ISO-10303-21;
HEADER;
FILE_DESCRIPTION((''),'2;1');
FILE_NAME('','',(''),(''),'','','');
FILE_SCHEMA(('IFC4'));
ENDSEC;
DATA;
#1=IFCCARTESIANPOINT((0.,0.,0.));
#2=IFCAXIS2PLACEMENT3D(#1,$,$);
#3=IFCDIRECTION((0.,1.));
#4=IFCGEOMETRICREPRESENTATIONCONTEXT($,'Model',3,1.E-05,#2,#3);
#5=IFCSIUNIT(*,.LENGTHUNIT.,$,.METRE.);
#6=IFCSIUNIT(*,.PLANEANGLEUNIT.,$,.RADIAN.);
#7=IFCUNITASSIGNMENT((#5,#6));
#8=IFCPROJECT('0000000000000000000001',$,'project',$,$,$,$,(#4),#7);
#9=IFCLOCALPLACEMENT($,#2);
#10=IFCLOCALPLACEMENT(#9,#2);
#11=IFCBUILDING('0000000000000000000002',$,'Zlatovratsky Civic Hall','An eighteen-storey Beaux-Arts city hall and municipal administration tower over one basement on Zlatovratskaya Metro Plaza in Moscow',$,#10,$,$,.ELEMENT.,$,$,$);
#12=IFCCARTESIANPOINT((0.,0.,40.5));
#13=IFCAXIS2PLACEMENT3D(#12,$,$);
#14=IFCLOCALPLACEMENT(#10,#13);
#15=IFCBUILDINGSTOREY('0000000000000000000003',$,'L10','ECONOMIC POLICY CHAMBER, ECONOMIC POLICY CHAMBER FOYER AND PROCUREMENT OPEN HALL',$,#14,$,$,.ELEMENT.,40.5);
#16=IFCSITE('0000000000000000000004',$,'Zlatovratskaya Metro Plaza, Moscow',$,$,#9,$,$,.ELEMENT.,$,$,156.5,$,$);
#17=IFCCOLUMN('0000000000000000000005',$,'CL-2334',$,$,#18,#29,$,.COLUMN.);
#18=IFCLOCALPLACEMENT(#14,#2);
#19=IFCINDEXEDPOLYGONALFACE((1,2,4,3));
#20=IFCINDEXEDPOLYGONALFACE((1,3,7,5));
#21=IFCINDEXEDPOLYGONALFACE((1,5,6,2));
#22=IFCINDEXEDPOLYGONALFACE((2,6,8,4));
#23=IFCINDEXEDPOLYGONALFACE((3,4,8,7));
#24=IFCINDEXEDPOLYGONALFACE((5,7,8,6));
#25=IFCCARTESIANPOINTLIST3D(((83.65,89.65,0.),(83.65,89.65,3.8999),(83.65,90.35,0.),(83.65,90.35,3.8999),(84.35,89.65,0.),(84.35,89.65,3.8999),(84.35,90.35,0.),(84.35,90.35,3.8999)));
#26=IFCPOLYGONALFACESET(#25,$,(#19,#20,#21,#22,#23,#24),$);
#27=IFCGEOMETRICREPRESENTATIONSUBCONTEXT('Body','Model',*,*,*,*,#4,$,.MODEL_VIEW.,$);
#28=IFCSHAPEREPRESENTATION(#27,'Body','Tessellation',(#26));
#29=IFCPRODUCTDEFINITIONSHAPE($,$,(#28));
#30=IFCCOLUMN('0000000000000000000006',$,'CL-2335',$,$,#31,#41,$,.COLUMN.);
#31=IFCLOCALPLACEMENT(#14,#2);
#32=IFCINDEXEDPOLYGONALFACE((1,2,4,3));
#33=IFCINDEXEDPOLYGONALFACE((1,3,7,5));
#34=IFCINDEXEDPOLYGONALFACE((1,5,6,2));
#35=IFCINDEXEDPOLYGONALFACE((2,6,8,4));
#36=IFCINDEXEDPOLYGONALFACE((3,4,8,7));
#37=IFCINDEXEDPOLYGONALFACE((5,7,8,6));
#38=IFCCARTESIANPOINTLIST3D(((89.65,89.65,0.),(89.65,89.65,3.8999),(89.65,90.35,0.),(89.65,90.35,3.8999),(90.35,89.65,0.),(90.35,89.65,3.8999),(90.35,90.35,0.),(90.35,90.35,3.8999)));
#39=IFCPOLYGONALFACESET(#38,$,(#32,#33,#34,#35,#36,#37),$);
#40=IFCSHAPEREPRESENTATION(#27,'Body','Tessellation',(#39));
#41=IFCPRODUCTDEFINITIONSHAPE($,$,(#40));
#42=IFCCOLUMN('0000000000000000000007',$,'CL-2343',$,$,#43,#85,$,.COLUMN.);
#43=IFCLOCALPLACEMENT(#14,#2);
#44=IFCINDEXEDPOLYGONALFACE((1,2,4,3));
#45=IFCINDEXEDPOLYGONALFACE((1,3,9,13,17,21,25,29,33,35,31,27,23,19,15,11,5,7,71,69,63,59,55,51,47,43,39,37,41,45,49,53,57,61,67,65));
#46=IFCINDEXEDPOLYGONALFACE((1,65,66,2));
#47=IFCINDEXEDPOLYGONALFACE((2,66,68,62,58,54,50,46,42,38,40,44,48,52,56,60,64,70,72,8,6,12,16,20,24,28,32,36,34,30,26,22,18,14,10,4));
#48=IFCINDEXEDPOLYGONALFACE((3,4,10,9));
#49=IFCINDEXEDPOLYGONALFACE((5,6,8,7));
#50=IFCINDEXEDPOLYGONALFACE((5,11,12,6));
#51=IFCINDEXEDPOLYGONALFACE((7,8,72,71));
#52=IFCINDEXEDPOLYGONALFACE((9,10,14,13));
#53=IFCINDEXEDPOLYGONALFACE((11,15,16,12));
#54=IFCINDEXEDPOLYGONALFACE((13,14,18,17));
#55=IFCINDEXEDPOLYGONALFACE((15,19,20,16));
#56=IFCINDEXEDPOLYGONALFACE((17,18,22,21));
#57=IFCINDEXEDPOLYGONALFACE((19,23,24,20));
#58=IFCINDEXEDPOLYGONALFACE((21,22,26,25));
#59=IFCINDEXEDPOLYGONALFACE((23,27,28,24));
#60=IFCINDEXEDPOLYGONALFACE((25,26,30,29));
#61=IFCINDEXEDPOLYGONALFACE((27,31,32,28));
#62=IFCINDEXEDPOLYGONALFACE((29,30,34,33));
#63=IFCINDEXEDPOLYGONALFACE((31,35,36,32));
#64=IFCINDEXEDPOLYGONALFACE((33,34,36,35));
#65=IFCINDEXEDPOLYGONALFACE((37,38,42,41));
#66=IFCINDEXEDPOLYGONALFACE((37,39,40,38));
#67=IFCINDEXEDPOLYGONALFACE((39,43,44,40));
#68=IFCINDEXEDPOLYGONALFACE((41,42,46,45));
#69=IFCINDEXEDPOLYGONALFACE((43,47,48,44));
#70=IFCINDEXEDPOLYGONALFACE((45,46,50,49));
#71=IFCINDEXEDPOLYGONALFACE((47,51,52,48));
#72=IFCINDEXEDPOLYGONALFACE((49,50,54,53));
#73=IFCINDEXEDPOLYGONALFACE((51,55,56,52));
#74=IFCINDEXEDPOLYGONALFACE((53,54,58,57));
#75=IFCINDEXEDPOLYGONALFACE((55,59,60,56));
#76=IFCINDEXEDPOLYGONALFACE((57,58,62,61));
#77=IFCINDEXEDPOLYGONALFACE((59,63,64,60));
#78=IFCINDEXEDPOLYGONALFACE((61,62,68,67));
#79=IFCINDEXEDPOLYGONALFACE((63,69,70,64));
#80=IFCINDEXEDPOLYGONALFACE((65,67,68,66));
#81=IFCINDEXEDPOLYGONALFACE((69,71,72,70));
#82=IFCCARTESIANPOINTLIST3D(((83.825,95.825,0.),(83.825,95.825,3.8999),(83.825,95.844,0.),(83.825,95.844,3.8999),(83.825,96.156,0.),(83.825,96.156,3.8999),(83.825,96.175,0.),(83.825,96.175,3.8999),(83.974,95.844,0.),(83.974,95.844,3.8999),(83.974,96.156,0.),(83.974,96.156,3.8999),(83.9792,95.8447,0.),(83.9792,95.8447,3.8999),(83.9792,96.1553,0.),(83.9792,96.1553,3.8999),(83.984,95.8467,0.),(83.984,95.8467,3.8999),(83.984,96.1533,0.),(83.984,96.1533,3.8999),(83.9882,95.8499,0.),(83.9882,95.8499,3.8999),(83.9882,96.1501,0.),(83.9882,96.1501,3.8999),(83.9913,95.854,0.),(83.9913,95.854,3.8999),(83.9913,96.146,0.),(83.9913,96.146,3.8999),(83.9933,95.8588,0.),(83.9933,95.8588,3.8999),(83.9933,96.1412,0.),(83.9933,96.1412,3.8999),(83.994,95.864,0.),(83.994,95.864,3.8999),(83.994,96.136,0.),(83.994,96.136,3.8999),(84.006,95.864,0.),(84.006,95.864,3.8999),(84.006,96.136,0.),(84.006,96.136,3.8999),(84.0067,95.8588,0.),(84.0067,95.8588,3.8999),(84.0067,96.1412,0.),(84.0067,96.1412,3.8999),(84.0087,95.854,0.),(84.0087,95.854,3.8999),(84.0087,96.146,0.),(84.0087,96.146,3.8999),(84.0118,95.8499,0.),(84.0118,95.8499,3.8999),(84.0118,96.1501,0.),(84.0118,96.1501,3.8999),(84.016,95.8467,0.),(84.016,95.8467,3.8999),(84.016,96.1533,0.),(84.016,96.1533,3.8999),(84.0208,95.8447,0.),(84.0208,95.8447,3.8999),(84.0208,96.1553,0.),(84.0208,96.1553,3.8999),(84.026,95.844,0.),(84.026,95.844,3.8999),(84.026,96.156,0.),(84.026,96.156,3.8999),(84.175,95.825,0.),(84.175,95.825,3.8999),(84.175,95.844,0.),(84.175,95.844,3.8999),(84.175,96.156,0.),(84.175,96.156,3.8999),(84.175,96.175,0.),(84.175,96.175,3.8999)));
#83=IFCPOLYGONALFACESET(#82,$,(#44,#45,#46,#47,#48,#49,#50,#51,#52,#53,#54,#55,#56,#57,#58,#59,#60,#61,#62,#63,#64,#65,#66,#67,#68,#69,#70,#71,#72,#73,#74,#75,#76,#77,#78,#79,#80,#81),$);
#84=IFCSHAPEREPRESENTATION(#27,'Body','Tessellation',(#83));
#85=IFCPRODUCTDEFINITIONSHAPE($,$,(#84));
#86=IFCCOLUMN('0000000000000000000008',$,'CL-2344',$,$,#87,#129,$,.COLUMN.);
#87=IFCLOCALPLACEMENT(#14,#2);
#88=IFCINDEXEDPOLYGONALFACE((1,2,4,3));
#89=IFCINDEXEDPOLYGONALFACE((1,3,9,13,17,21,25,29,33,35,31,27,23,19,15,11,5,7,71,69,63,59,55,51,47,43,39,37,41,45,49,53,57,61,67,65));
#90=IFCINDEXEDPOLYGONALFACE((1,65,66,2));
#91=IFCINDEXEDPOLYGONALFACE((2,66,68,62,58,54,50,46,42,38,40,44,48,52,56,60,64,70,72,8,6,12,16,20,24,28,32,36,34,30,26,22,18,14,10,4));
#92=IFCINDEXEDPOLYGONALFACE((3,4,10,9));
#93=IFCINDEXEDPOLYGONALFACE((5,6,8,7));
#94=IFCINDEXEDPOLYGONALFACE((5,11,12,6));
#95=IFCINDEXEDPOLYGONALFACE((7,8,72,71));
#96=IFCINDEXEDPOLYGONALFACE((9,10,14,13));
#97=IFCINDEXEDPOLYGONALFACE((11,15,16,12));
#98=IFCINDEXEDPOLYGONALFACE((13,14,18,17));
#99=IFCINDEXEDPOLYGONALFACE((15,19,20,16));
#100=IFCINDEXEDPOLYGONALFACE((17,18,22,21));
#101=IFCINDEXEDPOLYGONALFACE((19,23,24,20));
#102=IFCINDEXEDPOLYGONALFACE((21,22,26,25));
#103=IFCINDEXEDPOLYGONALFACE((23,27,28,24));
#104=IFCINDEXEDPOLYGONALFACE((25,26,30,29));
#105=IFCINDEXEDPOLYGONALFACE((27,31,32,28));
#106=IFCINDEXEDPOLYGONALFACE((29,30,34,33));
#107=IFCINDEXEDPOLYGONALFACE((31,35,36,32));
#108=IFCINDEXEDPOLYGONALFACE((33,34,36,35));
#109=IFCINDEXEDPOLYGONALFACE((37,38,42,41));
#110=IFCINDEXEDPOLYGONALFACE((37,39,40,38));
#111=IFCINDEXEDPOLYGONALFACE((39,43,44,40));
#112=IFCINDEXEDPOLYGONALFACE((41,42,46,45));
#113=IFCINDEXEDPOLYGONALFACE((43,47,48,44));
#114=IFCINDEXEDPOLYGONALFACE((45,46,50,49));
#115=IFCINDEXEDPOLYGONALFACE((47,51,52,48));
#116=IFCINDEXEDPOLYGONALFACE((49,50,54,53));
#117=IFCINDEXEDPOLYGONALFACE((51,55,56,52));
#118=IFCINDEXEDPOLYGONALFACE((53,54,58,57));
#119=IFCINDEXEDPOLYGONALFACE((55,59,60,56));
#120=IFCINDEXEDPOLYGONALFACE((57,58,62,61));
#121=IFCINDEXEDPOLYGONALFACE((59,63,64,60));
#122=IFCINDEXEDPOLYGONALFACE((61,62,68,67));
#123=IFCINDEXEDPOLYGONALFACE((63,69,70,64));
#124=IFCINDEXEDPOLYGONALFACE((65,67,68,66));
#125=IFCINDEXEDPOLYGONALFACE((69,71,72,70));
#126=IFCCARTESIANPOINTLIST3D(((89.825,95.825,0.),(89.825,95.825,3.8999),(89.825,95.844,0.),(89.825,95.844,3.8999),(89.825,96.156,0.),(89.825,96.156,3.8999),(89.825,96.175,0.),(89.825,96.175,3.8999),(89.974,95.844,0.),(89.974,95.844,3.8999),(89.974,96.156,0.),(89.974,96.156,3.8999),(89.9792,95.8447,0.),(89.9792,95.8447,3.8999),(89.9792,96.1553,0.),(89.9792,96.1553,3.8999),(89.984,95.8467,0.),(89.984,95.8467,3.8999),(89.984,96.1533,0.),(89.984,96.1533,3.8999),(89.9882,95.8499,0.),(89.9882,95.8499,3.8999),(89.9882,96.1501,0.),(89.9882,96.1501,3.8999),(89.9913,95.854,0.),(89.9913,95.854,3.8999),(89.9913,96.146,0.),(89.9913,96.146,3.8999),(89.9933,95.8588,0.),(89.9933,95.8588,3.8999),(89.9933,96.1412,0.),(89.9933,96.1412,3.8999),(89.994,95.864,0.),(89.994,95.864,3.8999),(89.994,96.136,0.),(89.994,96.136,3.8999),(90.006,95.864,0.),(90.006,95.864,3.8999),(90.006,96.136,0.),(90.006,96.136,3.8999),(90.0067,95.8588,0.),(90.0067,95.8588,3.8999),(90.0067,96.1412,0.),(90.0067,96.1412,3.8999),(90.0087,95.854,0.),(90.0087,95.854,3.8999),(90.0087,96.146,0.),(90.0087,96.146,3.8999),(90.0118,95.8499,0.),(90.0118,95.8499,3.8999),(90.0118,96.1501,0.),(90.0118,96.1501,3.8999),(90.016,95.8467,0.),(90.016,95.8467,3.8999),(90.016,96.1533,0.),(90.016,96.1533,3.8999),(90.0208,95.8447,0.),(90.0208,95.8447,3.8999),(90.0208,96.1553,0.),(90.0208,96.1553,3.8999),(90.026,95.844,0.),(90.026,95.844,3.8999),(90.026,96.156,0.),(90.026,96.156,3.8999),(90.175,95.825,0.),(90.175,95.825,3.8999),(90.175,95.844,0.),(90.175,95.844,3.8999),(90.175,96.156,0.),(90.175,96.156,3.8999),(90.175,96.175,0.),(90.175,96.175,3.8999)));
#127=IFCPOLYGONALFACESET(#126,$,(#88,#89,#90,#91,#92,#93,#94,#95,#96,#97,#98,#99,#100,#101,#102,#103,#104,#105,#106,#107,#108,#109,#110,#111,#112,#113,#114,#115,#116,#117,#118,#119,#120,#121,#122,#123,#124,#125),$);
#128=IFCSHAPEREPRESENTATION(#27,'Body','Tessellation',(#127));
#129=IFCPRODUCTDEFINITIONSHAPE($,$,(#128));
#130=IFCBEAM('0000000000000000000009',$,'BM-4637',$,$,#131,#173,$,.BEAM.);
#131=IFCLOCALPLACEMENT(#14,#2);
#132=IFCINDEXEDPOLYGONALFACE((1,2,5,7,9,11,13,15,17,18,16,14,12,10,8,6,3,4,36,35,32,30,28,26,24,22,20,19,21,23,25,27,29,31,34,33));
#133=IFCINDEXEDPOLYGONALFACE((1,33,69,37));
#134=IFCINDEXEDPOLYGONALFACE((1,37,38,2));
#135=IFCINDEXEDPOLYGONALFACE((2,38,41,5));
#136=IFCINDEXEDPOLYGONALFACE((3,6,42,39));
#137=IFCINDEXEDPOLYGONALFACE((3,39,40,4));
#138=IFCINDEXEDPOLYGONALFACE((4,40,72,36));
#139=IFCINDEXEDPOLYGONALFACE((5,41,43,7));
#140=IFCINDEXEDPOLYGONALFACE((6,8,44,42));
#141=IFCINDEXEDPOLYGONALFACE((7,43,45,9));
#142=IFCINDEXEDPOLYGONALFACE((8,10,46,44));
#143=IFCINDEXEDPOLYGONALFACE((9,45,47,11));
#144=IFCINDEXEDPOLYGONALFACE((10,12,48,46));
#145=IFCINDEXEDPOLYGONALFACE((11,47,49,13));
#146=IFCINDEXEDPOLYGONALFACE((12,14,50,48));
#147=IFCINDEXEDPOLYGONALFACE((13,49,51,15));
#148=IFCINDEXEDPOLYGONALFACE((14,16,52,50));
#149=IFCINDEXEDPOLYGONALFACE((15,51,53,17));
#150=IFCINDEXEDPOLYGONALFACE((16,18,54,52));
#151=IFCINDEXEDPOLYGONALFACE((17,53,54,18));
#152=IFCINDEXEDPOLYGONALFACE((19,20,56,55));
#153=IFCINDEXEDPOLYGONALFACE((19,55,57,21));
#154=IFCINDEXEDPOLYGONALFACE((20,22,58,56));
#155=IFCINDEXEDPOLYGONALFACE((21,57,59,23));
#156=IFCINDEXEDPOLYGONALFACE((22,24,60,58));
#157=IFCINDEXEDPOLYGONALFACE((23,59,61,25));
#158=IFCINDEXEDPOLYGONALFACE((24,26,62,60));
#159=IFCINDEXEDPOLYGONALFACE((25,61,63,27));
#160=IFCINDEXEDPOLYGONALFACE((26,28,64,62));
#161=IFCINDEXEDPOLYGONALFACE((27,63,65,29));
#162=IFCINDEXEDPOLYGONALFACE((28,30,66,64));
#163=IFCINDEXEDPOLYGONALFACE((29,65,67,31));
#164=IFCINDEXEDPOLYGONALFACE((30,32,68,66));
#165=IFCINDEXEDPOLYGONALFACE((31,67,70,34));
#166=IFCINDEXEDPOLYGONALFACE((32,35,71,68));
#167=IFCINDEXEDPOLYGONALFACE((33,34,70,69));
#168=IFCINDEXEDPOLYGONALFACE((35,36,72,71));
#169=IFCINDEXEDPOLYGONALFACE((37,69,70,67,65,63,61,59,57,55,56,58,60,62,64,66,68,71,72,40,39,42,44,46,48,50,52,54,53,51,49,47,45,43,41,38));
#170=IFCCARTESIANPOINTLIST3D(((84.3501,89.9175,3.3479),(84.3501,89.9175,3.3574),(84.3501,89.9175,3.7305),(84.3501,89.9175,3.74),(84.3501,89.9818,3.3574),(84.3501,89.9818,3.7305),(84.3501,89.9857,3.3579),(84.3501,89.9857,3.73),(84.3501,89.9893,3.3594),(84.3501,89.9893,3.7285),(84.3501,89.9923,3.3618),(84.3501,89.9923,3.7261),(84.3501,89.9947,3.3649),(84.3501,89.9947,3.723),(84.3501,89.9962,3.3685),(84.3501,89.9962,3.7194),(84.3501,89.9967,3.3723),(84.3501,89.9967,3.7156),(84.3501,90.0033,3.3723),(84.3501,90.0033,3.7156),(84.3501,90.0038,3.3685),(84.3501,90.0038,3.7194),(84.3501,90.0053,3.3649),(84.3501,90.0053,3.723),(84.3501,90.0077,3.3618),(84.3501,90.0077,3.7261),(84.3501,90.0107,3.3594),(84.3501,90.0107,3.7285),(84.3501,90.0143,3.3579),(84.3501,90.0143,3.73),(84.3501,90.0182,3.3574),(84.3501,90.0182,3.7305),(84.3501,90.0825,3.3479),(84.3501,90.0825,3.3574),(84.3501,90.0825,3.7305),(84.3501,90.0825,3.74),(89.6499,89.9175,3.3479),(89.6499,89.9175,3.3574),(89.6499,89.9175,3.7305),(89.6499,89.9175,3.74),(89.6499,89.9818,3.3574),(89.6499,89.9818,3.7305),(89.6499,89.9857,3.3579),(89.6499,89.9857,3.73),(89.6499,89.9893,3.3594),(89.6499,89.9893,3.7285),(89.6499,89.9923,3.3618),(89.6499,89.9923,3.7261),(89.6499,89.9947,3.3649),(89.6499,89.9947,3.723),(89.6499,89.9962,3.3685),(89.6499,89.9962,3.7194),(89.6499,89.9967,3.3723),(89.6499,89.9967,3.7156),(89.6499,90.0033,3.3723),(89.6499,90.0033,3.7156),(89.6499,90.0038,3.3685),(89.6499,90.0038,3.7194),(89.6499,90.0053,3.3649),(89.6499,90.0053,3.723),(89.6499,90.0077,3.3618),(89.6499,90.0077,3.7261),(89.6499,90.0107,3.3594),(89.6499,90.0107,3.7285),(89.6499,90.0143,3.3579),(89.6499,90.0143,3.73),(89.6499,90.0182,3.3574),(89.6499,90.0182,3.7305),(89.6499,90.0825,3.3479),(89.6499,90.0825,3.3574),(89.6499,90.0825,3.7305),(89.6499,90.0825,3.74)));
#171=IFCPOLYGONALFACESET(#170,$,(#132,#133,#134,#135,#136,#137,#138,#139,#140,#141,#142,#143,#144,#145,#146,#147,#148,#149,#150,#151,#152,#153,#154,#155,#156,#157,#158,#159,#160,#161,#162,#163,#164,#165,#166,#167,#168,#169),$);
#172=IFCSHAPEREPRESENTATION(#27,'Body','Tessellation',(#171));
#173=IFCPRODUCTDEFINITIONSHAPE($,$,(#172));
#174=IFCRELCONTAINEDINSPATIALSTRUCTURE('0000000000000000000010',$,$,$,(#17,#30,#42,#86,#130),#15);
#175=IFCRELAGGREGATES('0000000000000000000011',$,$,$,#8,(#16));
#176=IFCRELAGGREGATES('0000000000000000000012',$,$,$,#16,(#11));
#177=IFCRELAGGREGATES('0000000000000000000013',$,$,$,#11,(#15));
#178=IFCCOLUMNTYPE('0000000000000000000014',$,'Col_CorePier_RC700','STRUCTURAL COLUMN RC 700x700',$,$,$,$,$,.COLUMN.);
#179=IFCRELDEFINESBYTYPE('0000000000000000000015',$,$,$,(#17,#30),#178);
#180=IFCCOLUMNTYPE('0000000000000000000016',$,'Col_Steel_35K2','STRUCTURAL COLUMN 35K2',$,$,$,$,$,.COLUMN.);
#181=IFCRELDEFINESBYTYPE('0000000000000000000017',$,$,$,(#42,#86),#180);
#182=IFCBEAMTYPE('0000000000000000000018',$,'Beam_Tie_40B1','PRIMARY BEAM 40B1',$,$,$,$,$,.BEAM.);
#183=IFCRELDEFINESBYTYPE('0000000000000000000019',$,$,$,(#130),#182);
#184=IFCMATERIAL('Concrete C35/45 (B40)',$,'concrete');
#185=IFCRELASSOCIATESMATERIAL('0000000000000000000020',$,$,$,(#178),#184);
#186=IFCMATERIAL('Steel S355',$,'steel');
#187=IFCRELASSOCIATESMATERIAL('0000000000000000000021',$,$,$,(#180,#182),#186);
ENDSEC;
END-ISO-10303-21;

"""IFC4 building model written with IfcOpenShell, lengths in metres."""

from ifc_helpers import new_model, si_unit, direction, frame, origin, origin_2d, place, context, subcontext, project, spatial, rectangle, i_section, extrude, material, material_profile, profile_set, type_object, element, save


model = new_model("IFC4")

# Units and contexts
model_context = context("Model", 3, precision=1e-05, world=origin(), true_north=direction((0.0, 1.0)))
body_context = subcontext(model_context, "Body", "Model", "MODEL_VIEW")
ifc_project = project(units=[si_unit("LENGTHUNIT", "METRE"), si_unit("PLANEANGLEUNIT", "RADIAN")], contexts=[model_context])

# Site, building, storey
site_placement = place(None, origin())
site = spatial("IfcSite", under=ifc_project, at=site_placement, Name="Zlatovratskaya Metro Plaza, Moscow", CompositionType="ELEMENT", RefElevation=156.5)
building_placement = place(site_placement, origin())
building = spatial("IfcBuilding", under=site, at=building_placement, Name="Zlatovratsky Civic Hall", Description="An eighteen-storey Beaux-Arts city hall and municipal administration tower over one basement on Zlatovratskaya Metro Plaza in Moscow", CompositionType="ELEMENT")
storey_placement = place(building_placement, frame((0.0, 0.0, 40.5)))
storey = spatial("IfcBuildingStorey", under=building, at=storey_placement, Name="L10", Description="ECONOMIC POLICY CHAMBER, ECONOMIC POLICY CHAMBER FOYER AND PROCUREMENT OPEN HALL", CompositionType="ELEMENT", Elevation=40.5)

# Columns
ifc_material_1 = material(Name="Concrete C35/45 (B40)", Category="concrete")
ifc_material_profile_1 = material_profile(ifc_material_1, rectangle(XDim=0.7, YDim=0.7, at=origin_2d()), Name="RC 700x700")
ifc_profile_set_1 = profile_set([ifc_material_profile_1], Name="Concrete C35/45 (B40)")
column_type_1 = type_object("IfcColumnType", Name="Col_CorePier_RC700", Description="STRUCTURAL COLUMN RC 700x700", PredefinedType="COLUMN", material=ifc_profile_set_1)
for number, where, z_axis, x_axis, name in (
    (1, (84.0, 90.0, 0.0), (0.0, 0.0, 1.0), (1.0, 0.0, 0.0), "CL-2334"),
    (2, (90.0, 90.0, 0.0), (0.0, 0.0, 1.0), (1.0, 0.0, 0.0), "CL-2335"),
):
    element("IfcColumn", number, at=place(storey_placement, frame(where, z_axis=z_axis, x_axis=x_axis)), inside=storey, type_object=column_type_1, Name=name, PredefinedType="COLUMN", context=body_context, shape_type="SweptSolid", body=[
        extrude(rectangle(XDim=0.7, YDim=0.7, at=origin_2d()), origin(), (0.0, 0.0, 1.0), 3.8999),
    ])
ifc_material_2 = material(Name="Steel S355", Category="steel")
ifc_material_profile_2 = material_profile(ifc_material_2, i_section(OverallWidth=0.3501, OverallDepth=0.3501, WebThickness=0.012, FlangeThickness=0.019, FilletRadius=0.02, at=origin_2d()), Name="35K2")
ifc_profile_set_2 = profile_set([ifc_material_profile_2], Name="Steel S355")
column_type_2 = type_object("IfcColumnType", Name="Col_Steel_35K2", Description="STRUCTURAL COLUMN 35K2", PredefinedType="COLUMN", material=ifc_profile_set_2)
for number, where, z_axis, x_axis, name in (
    (3, (84.0, 96.0, 0.0), (0.0, 0.0, 1.0), (1.0, 0.0, 0.0), "CL-2343"),
    (4, (90.0, 96.0, 0.0), (0.0, 0.0, 1.0), (1.0, 0.0, 0.0), "CL-2344"),
):
    element("IfcColumn", number, at=place(storey_placement, frame(where, z_axis=z_axis, x_axis=x_axis)), inside=storey, type_object=column_type_2, Name=name, PredefinedType="COLUMN", context=body_context, shape_type="SweptSolid", body=[
        extrude(i_section(OverallWidth=0.3501, OverallDepth=0.3501, WebThickness=0.012, FlangeThickness=0.019, FilletRadius=0.02, at=origin_2d()), origin(), (0.0, 0.0, 1.0), 3.8999),
    ])

# Beam
ifc_material_profile_3 = material_profile(ifc_material_2, i_section(OverallWidth=0.165, OverallDepth=0.3921, WebThickness=0.0066, FlangeThickness=0.0095, FilletRadius=0.0149, at=origin_2d()), Name="40B1")
ifc_profile_set_3 = profile_set([ifc_material_profile_3], Name="Steel S355")
beam_type_1 = type_object("IfcBeamType", Name="Beam_Tie_40B1", Description="PRIMARY BEAM 40B1", PredefinedType="BEAM", material=ifc_profile_set_3)
beam_1_placement = place(storey_placement, frame((84.3501, 90.0, 3.5439), z_axis=(1.0, 0.0, 0.0), x_axis=(0.0, 1.0, 0.0)))
element("IfcBeam", 5, at=beam_1_placement, inside=storey, type_object=beam_type_1, Name="BM-4637", PredefinedType="BEAM", context=body_context, shape_type="SweptSolid", body=[
    extrude(i_section(OverallWidth=0.165, OverallDepth=0.3921, WebThickness=0.0066, FlangeThickness=0.0095, FilletRadius=0.0149, at=origin_2d()), origin(), (0.0, 0.0, 1.0), 5.2998),
])

save(model, "model.ifc")
